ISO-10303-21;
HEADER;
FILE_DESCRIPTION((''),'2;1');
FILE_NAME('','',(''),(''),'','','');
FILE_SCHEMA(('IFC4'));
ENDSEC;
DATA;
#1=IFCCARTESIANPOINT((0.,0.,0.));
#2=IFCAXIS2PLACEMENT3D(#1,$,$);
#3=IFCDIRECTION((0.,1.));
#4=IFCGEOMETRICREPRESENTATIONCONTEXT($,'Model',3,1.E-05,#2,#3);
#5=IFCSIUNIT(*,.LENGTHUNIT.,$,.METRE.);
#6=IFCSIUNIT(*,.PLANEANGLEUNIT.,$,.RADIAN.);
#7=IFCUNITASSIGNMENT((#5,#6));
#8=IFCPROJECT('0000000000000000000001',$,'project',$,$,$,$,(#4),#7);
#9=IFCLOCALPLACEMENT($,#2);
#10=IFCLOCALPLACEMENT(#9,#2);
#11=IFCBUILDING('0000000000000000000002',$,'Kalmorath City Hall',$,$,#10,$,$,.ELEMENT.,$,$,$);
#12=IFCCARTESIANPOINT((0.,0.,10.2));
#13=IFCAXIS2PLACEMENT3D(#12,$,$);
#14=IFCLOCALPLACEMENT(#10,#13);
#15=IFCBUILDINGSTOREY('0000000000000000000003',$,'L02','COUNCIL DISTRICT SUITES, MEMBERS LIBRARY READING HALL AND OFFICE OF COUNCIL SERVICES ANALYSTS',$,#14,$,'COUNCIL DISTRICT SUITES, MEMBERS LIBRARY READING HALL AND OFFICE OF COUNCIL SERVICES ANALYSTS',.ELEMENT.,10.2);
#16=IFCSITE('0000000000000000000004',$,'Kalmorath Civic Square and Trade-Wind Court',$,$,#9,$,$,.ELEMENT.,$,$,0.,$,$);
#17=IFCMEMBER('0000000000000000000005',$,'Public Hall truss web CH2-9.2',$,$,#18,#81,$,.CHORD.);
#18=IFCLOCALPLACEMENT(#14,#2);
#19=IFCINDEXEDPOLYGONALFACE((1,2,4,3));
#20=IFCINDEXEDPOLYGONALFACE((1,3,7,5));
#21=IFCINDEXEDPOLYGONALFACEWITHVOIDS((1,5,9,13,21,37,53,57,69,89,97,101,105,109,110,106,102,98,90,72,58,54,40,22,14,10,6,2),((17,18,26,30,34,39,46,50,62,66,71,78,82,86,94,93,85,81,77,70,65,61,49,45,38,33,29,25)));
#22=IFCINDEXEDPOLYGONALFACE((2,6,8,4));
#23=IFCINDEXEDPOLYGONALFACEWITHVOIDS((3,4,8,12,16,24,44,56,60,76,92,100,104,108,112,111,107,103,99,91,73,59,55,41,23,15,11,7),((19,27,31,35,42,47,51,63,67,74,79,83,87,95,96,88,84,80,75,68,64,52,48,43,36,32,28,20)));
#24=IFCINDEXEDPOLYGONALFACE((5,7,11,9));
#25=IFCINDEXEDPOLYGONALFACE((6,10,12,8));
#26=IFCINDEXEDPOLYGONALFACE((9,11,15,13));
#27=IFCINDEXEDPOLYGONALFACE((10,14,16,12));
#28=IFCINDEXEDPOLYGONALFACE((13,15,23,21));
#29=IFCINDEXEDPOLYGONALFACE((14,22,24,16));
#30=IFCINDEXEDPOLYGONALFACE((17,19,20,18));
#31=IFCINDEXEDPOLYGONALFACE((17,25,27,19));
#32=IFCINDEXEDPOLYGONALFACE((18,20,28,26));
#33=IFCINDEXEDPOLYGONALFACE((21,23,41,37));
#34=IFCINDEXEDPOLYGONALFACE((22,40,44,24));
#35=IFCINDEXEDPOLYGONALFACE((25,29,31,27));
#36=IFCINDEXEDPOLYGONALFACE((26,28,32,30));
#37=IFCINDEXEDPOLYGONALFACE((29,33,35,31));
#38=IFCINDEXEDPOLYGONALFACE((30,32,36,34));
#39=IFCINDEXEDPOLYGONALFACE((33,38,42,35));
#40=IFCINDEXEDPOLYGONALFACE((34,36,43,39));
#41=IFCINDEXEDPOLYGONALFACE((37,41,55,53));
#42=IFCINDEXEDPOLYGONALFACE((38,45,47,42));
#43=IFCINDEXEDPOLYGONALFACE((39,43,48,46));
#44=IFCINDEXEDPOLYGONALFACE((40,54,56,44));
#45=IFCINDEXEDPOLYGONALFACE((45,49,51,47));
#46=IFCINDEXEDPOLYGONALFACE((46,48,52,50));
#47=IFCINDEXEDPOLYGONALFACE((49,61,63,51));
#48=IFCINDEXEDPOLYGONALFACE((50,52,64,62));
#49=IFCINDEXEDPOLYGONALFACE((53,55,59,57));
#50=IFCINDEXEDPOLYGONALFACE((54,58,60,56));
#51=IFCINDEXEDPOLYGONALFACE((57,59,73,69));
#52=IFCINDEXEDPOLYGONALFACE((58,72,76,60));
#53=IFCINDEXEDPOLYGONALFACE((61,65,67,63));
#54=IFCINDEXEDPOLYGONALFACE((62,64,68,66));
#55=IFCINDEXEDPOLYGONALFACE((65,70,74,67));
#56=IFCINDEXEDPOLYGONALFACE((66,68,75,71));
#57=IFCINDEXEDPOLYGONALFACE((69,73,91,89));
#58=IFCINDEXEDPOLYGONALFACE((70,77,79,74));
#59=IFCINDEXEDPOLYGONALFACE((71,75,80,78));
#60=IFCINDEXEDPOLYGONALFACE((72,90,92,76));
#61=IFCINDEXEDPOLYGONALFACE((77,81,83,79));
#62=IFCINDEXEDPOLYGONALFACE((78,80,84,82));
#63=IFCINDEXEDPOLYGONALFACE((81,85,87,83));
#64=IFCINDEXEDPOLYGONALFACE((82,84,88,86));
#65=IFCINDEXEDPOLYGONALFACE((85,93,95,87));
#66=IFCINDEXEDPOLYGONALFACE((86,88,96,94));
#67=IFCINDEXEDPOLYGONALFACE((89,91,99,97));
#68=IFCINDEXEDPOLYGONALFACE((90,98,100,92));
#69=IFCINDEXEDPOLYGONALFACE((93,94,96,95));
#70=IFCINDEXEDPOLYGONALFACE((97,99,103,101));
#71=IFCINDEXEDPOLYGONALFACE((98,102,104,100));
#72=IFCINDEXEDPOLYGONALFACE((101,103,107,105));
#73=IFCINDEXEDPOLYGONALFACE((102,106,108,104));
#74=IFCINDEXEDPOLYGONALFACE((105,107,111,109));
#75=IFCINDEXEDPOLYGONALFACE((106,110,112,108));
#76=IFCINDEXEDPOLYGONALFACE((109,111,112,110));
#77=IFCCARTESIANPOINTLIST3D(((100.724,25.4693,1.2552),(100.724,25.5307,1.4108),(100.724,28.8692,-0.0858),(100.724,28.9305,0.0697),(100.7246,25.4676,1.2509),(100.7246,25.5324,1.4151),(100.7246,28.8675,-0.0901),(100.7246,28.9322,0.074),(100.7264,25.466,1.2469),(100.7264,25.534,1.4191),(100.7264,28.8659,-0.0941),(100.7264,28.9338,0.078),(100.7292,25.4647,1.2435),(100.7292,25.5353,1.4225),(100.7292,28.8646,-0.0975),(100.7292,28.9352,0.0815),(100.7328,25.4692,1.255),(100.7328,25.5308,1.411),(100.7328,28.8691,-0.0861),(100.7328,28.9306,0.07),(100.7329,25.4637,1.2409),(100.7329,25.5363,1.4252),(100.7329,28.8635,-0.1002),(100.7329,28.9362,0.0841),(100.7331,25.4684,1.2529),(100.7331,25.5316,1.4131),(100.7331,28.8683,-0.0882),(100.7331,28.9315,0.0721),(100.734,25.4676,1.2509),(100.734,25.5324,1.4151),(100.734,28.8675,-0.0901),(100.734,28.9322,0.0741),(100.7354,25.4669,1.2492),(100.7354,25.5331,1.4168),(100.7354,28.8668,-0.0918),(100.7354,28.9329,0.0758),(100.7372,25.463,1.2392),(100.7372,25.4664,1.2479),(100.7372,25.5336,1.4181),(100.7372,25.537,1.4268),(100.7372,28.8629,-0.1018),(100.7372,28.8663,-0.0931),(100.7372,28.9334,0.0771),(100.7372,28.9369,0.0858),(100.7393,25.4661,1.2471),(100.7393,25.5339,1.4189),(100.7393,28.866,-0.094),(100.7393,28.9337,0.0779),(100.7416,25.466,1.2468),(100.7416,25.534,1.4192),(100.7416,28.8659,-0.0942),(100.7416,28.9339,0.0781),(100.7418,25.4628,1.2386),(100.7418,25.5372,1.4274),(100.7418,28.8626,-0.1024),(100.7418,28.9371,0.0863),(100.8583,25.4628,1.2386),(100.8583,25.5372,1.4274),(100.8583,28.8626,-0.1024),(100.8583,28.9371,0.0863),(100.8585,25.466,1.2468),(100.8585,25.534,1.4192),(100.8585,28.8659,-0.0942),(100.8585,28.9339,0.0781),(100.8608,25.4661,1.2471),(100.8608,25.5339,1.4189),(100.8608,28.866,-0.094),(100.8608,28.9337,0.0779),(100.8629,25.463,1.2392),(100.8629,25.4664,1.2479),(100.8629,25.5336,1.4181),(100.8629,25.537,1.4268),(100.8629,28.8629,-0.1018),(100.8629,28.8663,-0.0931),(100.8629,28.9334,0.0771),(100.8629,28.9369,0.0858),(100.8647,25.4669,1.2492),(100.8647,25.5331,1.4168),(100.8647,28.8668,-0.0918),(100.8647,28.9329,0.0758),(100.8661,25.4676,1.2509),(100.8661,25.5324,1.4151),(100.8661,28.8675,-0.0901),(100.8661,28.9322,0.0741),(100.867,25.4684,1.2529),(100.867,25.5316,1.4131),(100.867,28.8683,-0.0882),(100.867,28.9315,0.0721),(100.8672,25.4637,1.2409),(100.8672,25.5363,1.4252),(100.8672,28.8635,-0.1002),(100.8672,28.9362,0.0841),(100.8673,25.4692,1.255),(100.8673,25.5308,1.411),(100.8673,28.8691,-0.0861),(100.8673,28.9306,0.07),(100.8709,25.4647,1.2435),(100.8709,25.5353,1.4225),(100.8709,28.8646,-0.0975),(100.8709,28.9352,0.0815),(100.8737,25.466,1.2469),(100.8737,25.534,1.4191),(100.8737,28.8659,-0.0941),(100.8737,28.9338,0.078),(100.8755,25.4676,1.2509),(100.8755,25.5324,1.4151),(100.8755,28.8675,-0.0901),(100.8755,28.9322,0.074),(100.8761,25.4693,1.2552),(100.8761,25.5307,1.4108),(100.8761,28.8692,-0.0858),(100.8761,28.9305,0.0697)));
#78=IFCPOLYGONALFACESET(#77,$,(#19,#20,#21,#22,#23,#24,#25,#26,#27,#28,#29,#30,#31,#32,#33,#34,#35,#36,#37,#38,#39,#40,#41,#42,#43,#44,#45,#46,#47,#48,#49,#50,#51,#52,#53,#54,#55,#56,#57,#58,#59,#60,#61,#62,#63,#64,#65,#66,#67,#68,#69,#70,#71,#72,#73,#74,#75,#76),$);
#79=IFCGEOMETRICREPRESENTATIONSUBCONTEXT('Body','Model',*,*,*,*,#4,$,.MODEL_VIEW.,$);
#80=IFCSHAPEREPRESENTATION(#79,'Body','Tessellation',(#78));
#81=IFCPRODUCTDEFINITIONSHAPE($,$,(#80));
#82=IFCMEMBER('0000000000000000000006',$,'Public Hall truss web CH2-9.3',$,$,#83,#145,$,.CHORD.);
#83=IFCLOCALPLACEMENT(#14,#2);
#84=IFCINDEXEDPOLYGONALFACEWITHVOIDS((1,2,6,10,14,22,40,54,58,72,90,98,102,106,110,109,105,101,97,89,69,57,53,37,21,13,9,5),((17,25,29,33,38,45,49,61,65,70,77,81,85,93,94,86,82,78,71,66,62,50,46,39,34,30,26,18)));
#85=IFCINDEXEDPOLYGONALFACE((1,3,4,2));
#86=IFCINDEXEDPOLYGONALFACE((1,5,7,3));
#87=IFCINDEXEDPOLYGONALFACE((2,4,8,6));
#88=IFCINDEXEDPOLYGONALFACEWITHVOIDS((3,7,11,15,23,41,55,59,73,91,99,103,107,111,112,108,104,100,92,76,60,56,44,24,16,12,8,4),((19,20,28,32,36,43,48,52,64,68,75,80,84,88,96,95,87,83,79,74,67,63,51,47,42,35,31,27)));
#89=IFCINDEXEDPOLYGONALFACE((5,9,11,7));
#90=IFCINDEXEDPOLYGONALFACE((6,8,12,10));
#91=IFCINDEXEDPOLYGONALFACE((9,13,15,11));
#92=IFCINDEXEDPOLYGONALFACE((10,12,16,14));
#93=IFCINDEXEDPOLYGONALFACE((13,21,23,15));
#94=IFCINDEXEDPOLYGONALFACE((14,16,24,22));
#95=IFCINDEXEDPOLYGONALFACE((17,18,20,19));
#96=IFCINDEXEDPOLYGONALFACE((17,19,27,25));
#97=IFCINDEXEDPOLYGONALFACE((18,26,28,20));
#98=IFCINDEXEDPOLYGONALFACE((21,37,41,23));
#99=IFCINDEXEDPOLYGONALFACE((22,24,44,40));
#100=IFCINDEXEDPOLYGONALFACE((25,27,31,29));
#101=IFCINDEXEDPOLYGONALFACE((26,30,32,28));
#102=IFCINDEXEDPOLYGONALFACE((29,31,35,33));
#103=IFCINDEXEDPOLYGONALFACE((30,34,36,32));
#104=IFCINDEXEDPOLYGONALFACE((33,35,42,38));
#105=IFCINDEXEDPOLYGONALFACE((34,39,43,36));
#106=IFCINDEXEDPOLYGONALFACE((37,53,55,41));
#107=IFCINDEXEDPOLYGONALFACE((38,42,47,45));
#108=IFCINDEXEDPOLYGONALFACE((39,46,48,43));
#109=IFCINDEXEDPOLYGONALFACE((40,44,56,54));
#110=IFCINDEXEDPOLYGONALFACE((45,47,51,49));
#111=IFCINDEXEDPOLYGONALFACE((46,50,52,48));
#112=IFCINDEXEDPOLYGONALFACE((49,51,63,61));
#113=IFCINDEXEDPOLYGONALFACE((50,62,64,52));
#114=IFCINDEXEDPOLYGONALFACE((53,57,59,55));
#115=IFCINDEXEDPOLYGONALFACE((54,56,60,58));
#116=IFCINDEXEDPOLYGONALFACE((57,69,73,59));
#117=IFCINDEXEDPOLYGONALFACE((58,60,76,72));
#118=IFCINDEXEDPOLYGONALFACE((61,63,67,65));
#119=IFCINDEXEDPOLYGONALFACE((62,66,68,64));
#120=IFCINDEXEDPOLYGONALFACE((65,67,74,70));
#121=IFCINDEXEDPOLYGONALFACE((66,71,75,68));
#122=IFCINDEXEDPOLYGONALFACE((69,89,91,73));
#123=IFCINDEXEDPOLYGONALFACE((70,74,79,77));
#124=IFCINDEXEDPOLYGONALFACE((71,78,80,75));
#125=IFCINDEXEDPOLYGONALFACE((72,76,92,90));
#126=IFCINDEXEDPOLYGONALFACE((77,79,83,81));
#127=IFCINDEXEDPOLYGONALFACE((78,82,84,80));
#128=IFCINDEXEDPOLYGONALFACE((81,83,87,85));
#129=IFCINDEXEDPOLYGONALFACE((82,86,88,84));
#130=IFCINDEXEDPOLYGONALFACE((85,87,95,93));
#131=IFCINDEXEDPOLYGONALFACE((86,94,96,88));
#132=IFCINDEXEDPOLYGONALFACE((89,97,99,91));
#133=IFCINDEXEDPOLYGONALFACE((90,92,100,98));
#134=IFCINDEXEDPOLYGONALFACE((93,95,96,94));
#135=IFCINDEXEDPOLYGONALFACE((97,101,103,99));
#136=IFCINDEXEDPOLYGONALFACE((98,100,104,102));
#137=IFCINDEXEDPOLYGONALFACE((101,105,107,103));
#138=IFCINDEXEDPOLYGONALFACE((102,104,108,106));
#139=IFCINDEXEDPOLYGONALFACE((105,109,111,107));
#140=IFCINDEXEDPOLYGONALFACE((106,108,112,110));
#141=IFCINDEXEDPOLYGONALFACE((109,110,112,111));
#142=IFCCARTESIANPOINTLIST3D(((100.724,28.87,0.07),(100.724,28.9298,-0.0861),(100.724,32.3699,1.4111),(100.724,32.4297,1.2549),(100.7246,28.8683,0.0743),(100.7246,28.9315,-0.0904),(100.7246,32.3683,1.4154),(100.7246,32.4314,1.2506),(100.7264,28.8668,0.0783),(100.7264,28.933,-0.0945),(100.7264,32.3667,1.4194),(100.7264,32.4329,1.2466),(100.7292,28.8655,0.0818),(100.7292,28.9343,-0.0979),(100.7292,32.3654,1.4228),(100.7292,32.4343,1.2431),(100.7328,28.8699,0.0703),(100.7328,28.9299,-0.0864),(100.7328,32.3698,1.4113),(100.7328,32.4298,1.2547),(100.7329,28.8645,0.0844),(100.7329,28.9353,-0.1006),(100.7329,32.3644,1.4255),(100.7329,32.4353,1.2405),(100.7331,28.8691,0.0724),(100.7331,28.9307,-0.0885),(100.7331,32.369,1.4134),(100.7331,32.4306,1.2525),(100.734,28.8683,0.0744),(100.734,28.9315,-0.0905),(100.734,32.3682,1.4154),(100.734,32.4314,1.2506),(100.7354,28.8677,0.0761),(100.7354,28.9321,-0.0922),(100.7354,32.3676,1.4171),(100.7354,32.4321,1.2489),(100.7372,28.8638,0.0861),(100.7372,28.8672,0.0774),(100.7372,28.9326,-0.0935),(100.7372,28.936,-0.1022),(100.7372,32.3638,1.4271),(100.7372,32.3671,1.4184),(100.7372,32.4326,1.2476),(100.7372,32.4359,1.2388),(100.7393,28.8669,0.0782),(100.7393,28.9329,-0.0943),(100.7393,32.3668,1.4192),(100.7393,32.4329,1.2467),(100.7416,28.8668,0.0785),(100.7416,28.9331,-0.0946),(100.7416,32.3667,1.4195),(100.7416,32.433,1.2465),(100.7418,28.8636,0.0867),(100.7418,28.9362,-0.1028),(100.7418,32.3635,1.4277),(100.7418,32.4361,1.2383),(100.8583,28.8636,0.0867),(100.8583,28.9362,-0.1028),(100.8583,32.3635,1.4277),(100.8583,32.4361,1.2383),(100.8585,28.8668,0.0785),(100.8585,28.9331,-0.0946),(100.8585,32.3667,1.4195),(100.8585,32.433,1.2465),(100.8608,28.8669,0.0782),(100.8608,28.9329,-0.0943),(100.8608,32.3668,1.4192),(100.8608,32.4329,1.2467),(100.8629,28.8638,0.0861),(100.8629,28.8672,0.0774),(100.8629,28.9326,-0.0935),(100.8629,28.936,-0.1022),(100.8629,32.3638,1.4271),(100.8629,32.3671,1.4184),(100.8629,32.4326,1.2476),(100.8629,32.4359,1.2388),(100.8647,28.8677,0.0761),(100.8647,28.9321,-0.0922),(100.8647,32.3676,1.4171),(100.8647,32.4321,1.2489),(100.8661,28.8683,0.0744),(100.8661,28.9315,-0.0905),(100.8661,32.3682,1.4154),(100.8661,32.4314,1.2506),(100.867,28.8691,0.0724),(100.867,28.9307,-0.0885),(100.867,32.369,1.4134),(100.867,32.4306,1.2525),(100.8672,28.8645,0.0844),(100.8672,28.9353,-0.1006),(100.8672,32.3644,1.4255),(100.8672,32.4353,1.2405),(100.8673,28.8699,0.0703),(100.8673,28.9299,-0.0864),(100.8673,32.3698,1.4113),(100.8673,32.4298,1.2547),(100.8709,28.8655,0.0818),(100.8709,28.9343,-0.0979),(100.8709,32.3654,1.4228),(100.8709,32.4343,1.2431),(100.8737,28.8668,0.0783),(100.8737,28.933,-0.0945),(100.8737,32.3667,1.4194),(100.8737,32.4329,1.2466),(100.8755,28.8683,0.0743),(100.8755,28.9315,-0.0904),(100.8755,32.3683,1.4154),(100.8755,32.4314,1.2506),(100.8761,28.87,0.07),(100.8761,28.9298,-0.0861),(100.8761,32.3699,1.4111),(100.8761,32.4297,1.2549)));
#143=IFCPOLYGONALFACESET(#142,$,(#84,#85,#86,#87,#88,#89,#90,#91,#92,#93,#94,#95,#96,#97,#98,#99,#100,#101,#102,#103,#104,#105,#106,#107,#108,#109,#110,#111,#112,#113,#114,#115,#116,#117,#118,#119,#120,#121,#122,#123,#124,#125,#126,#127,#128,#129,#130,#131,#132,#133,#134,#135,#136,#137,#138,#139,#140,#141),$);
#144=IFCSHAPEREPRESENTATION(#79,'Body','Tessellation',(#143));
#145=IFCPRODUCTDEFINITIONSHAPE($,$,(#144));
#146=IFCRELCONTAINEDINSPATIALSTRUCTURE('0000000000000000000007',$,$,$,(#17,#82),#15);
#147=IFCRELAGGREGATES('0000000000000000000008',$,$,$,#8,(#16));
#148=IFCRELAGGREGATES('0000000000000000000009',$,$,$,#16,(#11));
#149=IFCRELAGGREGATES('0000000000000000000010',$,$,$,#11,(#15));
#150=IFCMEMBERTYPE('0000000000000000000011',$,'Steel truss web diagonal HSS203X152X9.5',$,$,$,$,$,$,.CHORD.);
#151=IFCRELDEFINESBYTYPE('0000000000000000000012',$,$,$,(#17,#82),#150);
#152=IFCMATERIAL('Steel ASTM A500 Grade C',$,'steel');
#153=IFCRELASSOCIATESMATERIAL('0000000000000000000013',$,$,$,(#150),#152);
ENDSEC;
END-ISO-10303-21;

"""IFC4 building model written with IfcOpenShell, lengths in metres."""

from ifc_helpers import new_model, si_unit, direction, frame, origin, origin_2d, place, context, subcontext, project, spatial, hollow_rectangle, extrude, material, material_profile, profile_set, type_object, element, save


model = new_model("IFC4")

# Units and contexts
model_context = context("Model", 3, precision=1e-05, world=origin(), true_north=direction((0.0, 1.0)))
body_context = subcontext(model_context, "Body", "Model", "MODEL_VIEW")
ifc_project = project(units=[si_unit("LENGTHUNIT", "METRE"), si_unit("PLANEANGLEUNIT", "RADIAN")], contexts=[model_context])

# Site, building, storey
site_placement = place(None, origin())
site = spatial("IfcSite", under=ifc_project, at=site_placement, Name="Kalmorath Civic Square and Trade-Wind Court", CompositionType="ELEMENT", RefElevation=0.0)
building_placement = place(site_placement, origin())
building = spatial("IfcBuilding", under=site, at=building_placement, Name="Kalmorath City Hall", CompositionType="ELEMENT")
storey_placement = place(building_placement, frame((0.0, 0.0, 10.2)))
storey = spatial("IfcBuildingStorey", under=building, at=storey_placement, Name="L02", Description="COUNCIL DISTRICT SUITES, MEMBERS LIBRARY READING HALL AND OFFICE OF COUNCIL SERVICES ANALYSTS", LongName="COUNCIL DISTRICT SUITES, MEMBERS LIBRARY READING HALL AND OFFICE OF COUNCIL SERVICES ANALYSTS", CompositionType="ELEMENT", Elevation=10.2)

# Members
ifc_material_1 = material(Name="Steel ASTM A500 Grade C", Category="steel")
ifc_material_profile_1 = material_profile(ifc_material_1, hollow_rectangle(XDim=0.1521, YDim=0.2029, WallThickness=0.0088, InnerFilletRadius=0.0088, OuterFilletRadius=0.0178, at=origin_2d()), Name="HSS203X152X9.5")
ifc_profile_set_1 = profile_set([ifc_material_profile_1], Name="Steel ASTM A500 Grade C")
member_type_1 = type_object("IfcMemberType", Name="Steel truss web diagonal HSS203X152X9.5", PredefinedType="CHORD", material=ifc_profile_set_1)
member_1_placement = place(storey_placement, frame((100.8, 25.5, 1.333), z_axis=(0.0, 0.930249, -0.366929), x_axis=(-1.0, 0.0, 0.0)))
element("IfcMember", 1, at=member_1_placement, inside=storey, type_object=member_type_1, Name="Public Hall truss web CH2-9.2", PredefinedType="CHORD", context=body_context, shape_type="SweptSolid", body=[
    extrude(hollow_rectangle(XDim=0.1521, YDim=0.2029, WallThickness=0.0088, InnerFilletRadius=0.0088, OuterFilletRadius=0.0178, at=origin_2d()), origin(), (0.0, 0.0, 1.0), 3.6548),
])
member_2_placement = place(storey_placement, frame((100.8, 28.8999, -0.0081), z_axis=(0.0, 0.9338, 0.357796), x_axis=(-1.0, 0.0, 0.0)))
element("IfcMember", 2, at=member_2_placement, inside=storey, type_object=member_type_1, Name="Public Hall truss web CH2-9.3", PredefinedType="CHORD", context=body_context, shape_type="SweptSolid", body=[
    extrude(hollow_rectangle(XDim=0.1521, YDim=0.2029, WallThickness=0.0088, InnerFilletRadius=0.0088, OuterFilletRadius=0.0178, at=origin_2d()), origin(), (0.0, 0.0, 1.0), 3.748),
])

save(model, "model.ifc")
